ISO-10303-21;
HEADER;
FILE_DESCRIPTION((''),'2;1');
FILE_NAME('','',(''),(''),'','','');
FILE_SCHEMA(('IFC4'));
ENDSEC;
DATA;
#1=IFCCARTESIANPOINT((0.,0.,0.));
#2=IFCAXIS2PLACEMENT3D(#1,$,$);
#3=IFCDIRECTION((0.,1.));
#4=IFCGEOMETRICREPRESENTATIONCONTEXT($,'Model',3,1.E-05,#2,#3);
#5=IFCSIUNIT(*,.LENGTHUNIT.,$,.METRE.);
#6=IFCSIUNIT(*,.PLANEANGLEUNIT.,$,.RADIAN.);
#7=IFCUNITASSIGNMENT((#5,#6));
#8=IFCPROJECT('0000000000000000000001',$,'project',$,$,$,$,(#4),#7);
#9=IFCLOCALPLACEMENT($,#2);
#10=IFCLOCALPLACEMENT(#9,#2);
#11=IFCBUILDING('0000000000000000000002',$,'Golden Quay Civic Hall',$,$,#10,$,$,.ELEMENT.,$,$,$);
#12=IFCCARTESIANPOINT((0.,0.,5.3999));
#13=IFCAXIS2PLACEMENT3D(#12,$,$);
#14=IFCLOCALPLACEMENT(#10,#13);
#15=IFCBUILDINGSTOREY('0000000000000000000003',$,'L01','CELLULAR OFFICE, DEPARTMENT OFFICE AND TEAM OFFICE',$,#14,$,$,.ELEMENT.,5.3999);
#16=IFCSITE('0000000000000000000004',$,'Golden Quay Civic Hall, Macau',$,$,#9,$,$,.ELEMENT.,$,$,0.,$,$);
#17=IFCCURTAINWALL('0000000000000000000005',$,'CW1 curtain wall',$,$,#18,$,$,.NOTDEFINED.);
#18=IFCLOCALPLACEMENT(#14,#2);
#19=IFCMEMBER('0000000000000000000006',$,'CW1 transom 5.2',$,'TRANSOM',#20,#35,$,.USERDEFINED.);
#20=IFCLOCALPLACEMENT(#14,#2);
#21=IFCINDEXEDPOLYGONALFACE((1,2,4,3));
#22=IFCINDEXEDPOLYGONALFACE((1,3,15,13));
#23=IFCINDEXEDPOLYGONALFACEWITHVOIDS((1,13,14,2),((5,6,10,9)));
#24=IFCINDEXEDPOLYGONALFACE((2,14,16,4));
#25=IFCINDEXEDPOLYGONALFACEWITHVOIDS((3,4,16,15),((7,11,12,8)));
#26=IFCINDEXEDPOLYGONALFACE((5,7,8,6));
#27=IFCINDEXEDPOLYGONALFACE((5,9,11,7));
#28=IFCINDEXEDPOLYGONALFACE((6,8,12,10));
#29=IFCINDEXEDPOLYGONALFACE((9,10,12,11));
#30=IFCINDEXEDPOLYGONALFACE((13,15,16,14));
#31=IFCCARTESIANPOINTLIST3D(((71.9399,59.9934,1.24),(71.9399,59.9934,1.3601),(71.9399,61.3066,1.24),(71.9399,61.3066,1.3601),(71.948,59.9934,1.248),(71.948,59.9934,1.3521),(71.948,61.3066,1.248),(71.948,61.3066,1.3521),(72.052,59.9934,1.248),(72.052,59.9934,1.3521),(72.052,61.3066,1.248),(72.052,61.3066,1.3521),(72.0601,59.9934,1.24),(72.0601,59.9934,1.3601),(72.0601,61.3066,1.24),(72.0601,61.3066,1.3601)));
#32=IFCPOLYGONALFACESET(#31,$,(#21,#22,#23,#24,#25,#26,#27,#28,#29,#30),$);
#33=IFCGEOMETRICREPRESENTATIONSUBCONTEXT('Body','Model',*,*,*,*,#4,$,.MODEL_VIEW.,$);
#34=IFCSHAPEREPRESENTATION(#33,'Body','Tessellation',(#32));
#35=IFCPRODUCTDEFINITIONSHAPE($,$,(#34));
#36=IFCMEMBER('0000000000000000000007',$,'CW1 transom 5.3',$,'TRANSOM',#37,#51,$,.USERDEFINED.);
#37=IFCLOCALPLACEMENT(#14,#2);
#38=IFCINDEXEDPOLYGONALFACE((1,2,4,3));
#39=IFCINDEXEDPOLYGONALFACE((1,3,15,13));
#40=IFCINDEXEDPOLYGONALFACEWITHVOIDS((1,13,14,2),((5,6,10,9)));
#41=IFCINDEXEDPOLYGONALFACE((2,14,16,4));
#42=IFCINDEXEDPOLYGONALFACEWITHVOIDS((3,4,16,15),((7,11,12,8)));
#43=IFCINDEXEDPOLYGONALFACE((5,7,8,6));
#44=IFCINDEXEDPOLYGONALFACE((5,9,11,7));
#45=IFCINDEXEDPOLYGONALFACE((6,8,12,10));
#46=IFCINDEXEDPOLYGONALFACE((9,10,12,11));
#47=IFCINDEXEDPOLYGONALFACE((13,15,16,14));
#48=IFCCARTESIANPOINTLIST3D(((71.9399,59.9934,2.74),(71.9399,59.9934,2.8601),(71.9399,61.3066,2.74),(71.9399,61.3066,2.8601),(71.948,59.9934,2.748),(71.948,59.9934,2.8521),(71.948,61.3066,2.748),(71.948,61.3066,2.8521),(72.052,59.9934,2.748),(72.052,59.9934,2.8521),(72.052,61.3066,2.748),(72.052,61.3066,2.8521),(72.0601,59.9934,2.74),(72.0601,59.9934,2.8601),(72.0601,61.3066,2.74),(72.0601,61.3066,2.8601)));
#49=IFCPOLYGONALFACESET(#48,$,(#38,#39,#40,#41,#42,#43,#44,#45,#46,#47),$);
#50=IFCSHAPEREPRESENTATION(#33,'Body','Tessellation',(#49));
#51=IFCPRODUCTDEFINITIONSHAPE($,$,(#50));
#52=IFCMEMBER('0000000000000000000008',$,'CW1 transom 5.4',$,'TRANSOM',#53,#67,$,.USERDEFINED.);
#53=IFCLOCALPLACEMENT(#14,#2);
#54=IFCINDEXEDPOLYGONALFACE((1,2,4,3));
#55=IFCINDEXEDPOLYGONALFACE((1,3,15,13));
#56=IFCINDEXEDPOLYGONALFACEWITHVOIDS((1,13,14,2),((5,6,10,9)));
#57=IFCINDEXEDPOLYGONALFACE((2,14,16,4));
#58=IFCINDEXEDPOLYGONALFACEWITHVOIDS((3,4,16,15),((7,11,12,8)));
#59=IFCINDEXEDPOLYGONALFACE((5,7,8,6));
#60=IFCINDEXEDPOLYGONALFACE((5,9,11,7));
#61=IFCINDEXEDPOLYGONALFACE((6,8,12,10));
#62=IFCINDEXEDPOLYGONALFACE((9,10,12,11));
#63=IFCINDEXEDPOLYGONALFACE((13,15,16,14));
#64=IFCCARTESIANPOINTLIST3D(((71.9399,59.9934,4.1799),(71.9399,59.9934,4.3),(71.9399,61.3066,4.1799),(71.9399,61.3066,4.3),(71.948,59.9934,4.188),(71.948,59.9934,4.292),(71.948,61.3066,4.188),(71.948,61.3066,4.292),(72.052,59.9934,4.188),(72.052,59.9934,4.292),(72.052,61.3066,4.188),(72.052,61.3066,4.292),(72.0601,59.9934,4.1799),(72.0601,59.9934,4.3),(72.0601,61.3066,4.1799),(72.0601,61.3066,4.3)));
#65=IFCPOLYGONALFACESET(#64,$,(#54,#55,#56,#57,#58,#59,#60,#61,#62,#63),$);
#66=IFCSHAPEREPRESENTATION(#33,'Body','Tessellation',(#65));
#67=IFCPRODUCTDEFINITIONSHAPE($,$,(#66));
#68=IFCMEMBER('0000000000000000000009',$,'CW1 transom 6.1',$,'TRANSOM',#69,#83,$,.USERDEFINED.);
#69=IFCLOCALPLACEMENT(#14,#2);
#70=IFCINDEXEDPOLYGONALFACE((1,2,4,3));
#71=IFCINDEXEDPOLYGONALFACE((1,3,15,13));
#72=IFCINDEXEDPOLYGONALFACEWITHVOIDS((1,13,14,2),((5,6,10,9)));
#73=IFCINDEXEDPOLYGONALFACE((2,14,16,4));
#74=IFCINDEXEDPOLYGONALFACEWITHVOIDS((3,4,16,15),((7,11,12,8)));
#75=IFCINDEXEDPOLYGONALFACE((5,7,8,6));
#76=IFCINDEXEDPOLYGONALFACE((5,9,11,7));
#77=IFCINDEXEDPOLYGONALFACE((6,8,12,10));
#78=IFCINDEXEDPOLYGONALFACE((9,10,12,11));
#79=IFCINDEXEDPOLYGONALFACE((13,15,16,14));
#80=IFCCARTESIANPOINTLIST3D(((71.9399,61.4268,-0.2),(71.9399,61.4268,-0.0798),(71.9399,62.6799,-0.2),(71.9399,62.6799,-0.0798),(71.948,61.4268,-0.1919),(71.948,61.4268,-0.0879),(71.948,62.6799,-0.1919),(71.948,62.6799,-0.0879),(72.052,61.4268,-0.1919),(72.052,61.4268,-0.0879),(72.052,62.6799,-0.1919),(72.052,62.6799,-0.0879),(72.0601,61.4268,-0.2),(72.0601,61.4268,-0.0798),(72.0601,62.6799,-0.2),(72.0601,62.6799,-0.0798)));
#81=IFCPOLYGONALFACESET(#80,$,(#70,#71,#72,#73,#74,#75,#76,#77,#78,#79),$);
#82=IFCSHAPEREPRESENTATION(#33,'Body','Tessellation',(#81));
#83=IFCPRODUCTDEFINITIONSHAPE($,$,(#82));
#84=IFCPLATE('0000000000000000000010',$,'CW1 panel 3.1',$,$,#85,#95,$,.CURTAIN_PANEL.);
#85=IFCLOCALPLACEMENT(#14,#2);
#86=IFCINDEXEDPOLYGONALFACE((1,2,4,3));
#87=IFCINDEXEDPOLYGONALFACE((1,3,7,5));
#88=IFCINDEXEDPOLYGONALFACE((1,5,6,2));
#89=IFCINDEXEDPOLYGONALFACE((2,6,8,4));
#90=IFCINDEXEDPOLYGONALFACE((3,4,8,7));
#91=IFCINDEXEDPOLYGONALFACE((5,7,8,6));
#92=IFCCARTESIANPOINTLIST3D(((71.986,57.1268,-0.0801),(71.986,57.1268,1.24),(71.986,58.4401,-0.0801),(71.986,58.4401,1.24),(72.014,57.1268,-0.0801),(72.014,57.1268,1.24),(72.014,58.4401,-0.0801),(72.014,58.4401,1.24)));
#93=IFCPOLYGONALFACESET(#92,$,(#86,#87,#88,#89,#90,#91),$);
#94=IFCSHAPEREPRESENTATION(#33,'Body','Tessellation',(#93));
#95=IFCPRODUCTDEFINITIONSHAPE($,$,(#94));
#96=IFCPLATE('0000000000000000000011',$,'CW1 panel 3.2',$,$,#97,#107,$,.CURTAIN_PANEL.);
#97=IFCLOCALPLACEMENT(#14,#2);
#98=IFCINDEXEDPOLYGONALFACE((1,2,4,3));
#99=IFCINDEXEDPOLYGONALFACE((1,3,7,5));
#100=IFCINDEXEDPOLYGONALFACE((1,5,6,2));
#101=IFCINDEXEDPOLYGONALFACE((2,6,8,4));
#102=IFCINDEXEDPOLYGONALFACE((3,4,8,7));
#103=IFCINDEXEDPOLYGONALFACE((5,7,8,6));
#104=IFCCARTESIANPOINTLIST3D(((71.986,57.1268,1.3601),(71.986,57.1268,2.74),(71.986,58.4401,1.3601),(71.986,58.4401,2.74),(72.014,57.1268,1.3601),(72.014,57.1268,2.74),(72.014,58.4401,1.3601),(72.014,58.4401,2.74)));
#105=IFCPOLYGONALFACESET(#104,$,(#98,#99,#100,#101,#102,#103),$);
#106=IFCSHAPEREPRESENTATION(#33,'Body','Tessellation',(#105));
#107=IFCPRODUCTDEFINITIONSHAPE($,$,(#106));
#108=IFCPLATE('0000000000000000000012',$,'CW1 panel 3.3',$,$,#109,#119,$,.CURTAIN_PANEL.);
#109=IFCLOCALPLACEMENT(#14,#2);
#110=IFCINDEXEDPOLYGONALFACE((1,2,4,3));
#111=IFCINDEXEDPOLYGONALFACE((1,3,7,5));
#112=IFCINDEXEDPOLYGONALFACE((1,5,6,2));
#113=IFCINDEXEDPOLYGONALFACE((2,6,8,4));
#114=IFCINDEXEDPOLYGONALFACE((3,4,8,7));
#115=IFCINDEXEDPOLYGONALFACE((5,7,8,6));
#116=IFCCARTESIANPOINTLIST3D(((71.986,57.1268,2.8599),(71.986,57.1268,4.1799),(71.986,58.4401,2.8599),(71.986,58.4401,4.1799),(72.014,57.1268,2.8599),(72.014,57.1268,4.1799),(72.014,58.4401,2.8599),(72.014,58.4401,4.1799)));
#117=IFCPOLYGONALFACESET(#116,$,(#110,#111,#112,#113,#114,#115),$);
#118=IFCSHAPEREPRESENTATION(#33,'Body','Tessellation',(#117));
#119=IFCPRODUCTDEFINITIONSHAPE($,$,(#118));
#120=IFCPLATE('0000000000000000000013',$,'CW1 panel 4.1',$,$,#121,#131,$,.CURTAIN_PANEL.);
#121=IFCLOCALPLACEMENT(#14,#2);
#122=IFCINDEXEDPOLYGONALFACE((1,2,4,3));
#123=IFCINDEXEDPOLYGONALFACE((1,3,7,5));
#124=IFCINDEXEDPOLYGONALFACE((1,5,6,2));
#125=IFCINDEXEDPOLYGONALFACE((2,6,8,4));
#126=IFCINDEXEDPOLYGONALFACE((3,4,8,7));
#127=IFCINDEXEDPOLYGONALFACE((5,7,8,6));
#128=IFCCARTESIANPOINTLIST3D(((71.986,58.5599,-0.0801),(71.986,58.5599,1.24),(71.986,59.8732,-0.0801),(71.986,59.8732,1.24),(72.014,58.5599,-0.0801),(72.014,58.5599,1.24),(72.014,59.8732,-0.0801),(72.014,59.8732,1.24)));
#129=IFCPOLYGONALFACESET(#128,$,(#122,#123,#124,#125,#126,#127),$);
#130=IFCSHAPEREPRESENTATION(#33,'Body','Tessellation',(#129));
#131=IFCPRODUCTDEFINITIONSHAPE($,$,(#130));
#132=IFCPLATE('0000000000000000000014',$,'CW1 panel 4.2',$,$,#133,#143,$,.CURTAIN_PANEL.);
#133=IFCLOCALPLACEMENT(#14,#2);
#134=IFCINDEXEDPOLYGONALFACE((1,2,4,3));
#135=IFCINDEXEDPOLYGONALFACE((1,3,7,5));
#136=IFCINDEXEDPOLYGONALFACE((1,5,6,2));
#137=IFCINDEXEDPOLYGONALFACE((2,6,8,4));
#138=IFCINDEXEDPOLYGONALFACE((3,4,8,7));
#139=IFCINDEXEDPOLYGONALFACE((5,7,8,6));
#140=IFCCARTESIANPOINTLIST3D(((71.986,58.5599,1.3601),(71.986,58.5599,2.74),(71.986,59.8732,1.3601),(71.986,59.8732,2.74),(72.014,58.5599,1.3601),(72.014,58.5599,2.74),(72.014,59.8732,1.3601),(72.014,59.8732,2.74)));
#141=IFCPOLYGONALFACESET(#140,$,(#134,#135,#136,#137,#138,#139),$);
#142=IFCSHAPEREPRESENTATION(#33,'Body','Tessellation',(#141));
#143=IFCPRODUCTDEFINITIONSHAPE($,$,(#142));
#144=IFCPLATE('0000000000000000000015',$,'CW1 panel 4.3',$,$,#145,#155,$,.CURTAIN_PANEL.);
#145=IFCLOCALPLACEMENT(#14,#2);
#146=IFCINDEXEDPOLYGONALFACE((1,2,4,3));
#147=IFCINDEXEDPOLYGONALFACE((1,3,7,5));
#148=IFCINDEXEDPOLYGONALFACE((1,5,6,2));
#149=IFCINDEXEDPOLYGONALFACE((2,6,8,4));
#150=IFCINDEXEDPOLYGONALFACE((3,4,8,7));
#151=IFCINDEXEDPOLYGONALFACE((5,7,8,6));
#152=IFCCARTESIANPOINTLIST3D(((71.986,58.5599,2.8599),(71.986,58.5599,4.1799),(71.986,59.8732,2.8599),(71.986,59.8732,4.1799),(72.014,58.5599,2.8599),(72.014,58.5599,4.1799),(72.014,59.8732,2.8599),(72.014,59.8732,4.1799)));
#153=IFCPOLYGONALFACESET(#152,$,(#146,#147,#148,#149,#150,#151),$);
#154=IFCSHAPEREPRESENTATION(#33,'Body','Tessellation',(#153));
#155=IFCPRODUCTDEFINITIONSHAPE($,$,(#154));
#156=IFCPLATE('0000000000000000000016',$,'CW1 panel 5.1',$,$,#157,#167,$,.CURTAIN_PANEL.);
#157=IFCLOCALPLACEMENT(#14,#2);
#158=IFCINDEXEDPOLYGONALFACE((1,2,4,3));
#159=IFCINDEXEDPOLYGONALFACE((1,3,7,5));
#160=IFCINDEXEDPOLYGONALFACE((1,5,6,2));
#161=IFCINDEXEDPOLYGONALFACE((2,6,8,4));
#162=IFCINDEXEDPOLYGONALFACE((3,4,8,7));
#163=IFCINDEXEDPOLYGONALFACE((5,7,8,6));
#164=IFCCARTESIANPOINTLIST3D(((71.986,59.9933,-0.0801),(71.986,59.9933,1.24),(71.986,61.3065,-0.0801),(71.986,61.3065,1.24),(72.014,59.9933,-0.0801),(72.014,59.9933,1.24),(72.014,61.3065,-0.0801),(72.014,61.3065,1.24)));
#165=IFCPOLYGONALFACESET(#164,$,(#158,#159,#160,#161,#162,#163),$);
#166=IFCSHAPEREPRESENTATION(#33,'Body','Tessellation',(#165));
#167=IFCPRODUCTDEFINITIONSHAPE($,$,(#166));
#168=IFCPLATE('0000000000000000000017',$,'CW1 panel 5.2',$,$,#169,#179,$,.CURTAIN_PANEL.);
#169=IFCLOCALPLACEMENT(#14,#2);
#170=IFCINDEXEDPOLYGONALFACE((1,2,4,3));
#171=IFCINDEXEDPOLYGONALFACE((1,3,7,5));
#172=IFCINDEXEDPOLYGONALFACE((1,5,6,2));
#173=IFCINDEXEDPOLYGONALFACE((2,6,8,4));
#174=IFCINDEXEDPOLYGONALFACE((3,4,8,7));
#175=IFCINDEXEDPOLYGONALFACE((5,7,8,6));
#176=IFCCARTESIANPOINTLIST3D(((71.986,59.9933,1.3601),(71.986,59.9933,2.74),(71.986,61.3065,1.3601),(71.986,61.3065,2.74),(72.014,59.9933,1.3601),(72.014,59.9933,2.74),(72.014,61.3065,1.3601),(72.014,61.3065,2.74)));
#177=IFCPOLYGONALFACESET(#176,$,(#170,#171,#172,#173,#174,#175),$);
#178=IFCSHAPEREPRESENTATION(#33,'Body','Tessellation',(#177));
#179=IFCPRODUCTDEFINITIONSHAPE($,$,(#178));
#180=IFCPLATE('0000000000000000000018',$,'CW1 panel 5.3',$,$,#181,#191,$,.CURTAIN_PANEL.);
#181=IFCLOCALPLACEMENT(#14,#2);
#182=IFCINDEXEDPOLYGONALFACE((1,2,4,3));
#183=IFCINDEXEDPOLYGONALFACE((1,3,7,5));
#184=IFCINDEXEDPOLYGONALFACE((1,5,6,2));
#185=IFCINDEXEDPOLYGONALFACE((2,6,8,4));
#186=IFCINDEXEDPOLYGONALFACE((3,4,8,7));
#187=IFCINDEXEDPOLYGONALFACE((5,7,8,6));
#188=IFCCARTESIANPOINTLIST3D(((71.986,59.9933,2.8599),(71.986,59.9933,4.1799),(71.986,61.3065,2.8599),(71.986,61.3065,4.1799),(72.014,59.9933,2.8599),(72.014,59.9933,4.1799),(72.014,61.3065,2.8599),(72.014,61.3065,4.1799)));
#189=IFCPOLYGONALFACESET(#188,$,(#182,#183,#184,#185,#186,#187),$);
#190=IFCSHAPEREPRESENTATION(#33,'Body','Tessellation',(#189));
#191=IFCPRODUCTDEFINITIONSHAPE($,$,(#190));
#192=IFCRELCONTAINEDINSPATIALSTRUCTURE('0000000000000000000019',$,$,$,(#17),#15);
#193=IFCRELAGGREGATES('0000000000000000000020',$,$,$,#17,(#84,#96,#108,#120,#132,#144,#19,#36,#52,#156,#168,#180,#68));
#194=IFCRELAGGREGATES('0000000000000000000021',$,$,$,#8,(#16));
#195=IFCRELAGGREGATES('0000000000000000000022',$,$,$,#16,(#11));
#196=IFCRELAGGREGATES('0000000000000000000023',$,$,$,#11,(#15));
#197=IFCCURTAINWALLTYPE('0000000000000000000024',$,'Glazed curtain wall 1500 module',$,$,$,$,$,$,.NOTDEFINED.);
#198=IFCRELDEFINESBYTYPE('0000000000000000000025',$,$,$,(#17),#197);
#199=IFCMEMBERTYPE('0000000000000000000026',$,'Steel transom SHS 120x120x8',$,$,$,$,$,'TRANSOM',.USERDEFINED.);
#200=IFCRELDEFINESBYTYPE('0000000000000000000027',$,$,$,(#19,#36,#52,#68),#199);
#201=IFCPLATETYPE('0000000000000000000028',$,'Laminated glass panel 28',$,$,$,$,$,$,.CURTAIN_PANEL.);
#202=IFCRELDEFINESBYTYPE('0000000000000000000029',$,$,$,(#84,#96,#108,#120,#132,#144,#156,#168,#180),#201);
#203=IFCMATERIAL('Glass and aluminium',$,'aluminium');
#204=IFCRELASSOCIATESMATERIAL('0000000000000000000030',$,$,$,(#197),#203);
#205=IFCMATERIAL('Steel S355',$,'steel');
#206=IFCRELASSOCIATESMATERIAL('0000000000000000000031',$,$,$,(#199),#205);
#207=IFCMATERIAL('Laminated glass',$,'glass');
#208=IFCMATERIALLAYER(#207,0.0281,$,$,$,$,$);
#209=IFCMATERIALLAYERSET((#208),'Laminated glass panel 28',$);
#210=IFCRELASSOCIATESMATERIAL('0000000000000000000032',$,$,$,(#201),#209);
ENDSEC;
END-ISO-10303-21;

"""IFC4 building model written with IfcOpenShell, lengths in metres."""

from ifc_helpers import new_model, si_unit, direction, frame, origin, origin_2d, place, context, subcontext, project, spatial, rectangle, hollow_rectangle, extrude, material, layer, layer_set, material_profile, profile_set, type_object, element, aggregate, save


model = new_model("IFC4")

# Units and contexts
model_context = context("Model", 3, precision=1e-05, world=origin(), true_north=direction((0.0, 1.0)))
body_context = subcontext(model_context, "Body", "Model", "MODEL_VIEW")
ifc_project = project(units=[si_unit("LENGTHUNIT", "METRE"), si_unit("PLANEANGLEUNIT", "RADIAN")], contexts=[model_context])

# Site, building, storey
site_placement = place(None, origin())
site = spatial("IfcSite", under=ifc_project, at=site_placement, Name="Golden Quay Civic Hall, Macau", CompositionType="ELEMENT", RefElevation=0.0)
building_placement = place(site_placement, origin())
building = spatial("IfcBuilding", under=site, at=building_placement, Name="Golden Quay Civic Hall", CompositionType="ELEMENT")
storey_placement = place(building_placement, frame((0.0, 0.0, 5.3999)))
storey = spatial("IfcBuildingStorey", under=building, at=storey_placement, Name="L01", Description="CELLULAR OFFICE, DEPARTMENT OFFICE AND TEAM OFFICE", CompositionType="ELEMENT", Elevation=5.3999)

# Curtain wall, members, plates
ifc_material_1 = material(Name="Glass and aluminium", Category="aluminium")
curtain_wall_type = type_object("IfcCurtainWallType", Name="Glazed curtain wall 1500 module", PredefinedType="NOTDEFINED", material=ifc_material_1)
curtain_wall_placement = place(storey_placement, origin())
curtain_wall = element("IfcCurtainWall", 1, at=curtain_wall_placement, inside=storey, type_object=curtain_wall_type, Name="CW1 curtain wall", PredefinedType="NOTDEFINED")
ifc_material_2 = material(Name="Steel S355", Category="steel")
ifc_material_profile_1 = material_profile(ifc_material_2, hollow_rectangle(XDim=0.1201, YDim=0.1201, WallThickness=0.0081, at=origin_2d()), Name="SHS 120x120x8")
ifc_profile_set_1 = profile_set([ifc_material_profile_1], Name="Steel S355")
member_type_1 = type_object("IfcMemberType", Name="Steel transom SHS 120x120x8", ElementType="TRANSOM", PredefinedType="USERDEFINED", material=ifc_profile_set_1)
member_1_placement = place(storey_placement, frame((72.0, 59.9934, 1.3), z_axis=(0.0, 1.0, 0.0), x_axis=(-1.0, 0.0, 0.0)))
member_1 = element("IfcMember", 2, at=member_1_placement, type_object=member_type_1, Name="CW1 transom 5.2", ObjectType="TRANSOM", PredefinedType="USERDEFINED", context=body_context, shape_type="SweptSolid", body=[
    extrude(hollow_rectangle(XDim=0.1201, YDim=0.1201, WallThickness=0.0081, at=origin_2d()), origin(), (0.0, 0.0, 1.0), 1.3132),
])
member_2_placement = place(storey_placement, frame((72.0, 59.9934, 2.8), z_axis=(0.0, 1.0, 0.0), x_axis=(-1.0, 0.0, 0.0)))
member_2 = element("IfcMember", 3, at=member_2_placement, type_object=member_type_1, Name="CW1 transom 5.3", ObjectType="TRANSOM", PredefinedType="USERDEFINED", context=body_context, shape_type="SweptSolid", body=[
    extrude(hollow_rectangle(XDim=0.1201, YDim=0.1201, WallThickness=0.0081, at=origin_2d()), origin(), (0.0, 0.0, 1.0), 1.3132),
])
member_3_placement = place(storey_placement, frame((72.0, 59.9934, 4.24), z_axis=(0.0, 1.0, 0.0), x_axis=(-1.0, 0.0, 0.0)))
member_3 = element("IfcMember", 4, at=member_3_placement, type_object=member_type_1, Name="CW1 transom 5.4", ObjectType="TRANSOM", PredefinedType="USERDEFINED", context=body_context, shape_type="SweptSolid", body=[
    extrude(hollow_rectangle(XDim=0.1201, YDim=0.1201, WallThickness=0.0081, at=origin_2d()), origin(), (0.0, 0.0, 1.0), 1.3132),
])
member_4_placement = place(storey_placement, frame((72.0, 61.4268, -0.1399), z_axis=(0.0, 1.0, 0.0), x_axis=(-1.0, 0.0, 0.0)))
member_4 = element("IfcMember", 5, at=member_4_placement, type_object=member_type_1, Name="CW1 transom 6.1", ObjectType="TRANSOM", PredefinedType="USERDEFINED", context=body_context, shape_type="SweptSolid", body=[
    extrude(hollow_rectangle(XDim=0.1201, YDim=0.1201, WallThickness=0.0081, at=origin_2d()), origin(), (0.0, 0.0, 1.0), 1.2532),
])
ifc_material_3 = material(Name="Laminated glass", Category="glass")
ifc_layer = layer(ifc_material_3, 0.0281)
ifc_layer_set = layer_set([ifc_layer], Name="Laminated glass panel 28")
plate_type = type_object("IfcPlateType", Name="Laminated glass panel 28", PredefinedType="CURTAIN_PANEL", material=ifc_layer_set)
plate_1_placement = place(storey_placement, frame((72.0, 57.7834, -0.0801), z_axis=(0.0, 0.0, 1.0), x_axis=(0.0, 1.0, 0.0)))
plate_1 = element("IfcPlate", 6, at=plate_1_placement, type_object=plate_type, Name="CW1 panel 3.1", PredefinedType="CURTAIN_PANEL", context=body_context, shape_type="SweptSolid", body=[
    extrude(rectangle(XDim=1.3132, YDim=0.0281, at=origin_2d()), origin(), (0.0, 0.0, 1.0), 1.3201),
])
plate_2_placement = place(storey_placement, frame((72.0, 57.7834, 1.3601), z_axis=(0.0, 0.0, 1.0), x_axis=(0.0, 1.0, 0.0)))
plate_2 = element("IfcPlate", 7, at=plate_2_placement, type_object=plate_type, Name="CW1 panel 3.2", PredefinedType="CURTAIN_PANEL", context=body_context, shape_type="SweptSolid", body=[
    extrude(rectangle(XDim=1.3132, YDim=0.0281, at=origin_2d()), origin(), (0.0, 0.0, 1.0), 1.3799),
])
plate_3_placement = place(storey_placement, frame((72.0, 57.7834, 2.8599), z_axis=(0.0, 0.0, 1.0), x_axis=(0.0, 1.0, 0.0)))
plate_3 = element("IfcPlate", 8, at=plate_3_placement, type_object=plate_type, Name="CW1 panel 3.3", PredefinedType="CURTAIN_PANEL", context=body_context, shape_type="SweptSolid", body=[
    extrude(rectangle(XDim=1.3132, YDim=0.0281, at=origin_2d()), origin(), (0.0, 0.0, 1.0), 1.3201),
])
plate_4_placement = place(storey_placement, frame((72.0, 59.2166, -0.0801), z_axis=(0.0, 0.0, 1.0), x_axis=(0.0, 1.0, 0.0)))
plate_4 = element("IfcPlate", 9, at=plate_4_placement, type_object=plate_type, Name="CW1 panel 4.1", PredefinedType="CURTAIN_PANEL", context=body_context, shape_type="SweptSolid", body=[
    extrude(rectangle(XDim=1.3132, YDim=0.0281, at=origin_2d()), origin(), (0.0, 0.0, 1.0), 1.3201),
])
plate_5_placement = place(storey_placement, frame((72.0, 59.2166, 1.3601), z_axis=(0.0, 0.0, 1.0), x_axis=(0.0, 1.0, 0.0)))
plate_5 = element("IfcPlate", 10, at=plate_5_placement, type_object=plate_type, Name="CW1 panel 4.2", PredefinedType="CURTAIN_PANEL", context=body_context, shape_type="SweptSolid", body=[
    extrude(rectangle(XDim=1.3132, YDim=0.0281, at=origin_2d()), origin(), (0.0, 0.0, 1.0), 1.3799),
])
plate_6_placement = place(storey_placement, frame((72.0, 59.2166, 2.8599), z_axis=(0.0, 0.0, 1.0), x_axis=(0.0, 1.0, 0.0)))
plate_6 = element("IfcPlate", 11, at=plate_6_placement, type_object=plate_type, Name="CW1 panel 4.3", PredefinedType="CURTAIN_PANEL", context=body_context, shape_type="SweptSolid", body=[
    extrude(rectangle(XDim=1.3132, YDim=0.0281, at=origin_2d()), origin(), (0.0, 0.0, 1.0), 1.3201),
])
plate_7_placement = place(storey_placement, frame((72.0, 60.6499, -0.0801), z_axis=(0.0, 0.0, 1.0), x_axis=(0.0, 1.0, 0.0)))
plate_7 = element("IfcPlate", 12, at=plate_7_placement, type_object=plate_type, Name="CW1 panel 5.1", PredefinedType="CURTAIN_PANEL", context=body_context, shape_type="SweptSolid", body=[
    extrude(rectangle(XDim=1.3132, YDim=0.0281, at=origin_2d()), origin(), (0.0, 0.0, 1.0), 1.3201),
])
plate_8_placement = place(storey_placement, frame((72.0, 60.6499, 1.3601), z_axis=(0.0, 0.0, 1.0), x_axis=(0.0, 1.0, 0.0)))
plate_8 = element("IfcPlate", 13, at=plate_8_placement, type_object=plate_type, Name="CW1 panel 5.2", PredefinedType="CURTAIN_PANEL", context=body_context, shape_type="SweptSolid", body=[
    extrude(rectangle(XDim=1.3132, YDim=0.0281, at=origin_2d()), origin(), (0.0, 0.0, 1.0), 1.3799),
])
plate_9_placement = place(storey_placement, frame((72.0, 60.6499, 2.8599), z_axis=(0.0, 0.0, 1.0), x_axis=(0.0, 1.0, 0.0)))
plate_9 = element("IfcPlate", 14, at=plate_9_placement, type_object=plate_type, Name="CW1 panel 5.3", PredefinedType="CURTAIN_PANEL", context=body_context, shape_type="SweptSolid", body=[
    extrude(rectangle(XDim=1.3132, YDim=0.0281, at=origin_2d()), origin(), (0.0, 0.0, 1.0), 1.3201),
])
aggregate(curtain_wall, [plate_1, plate_2, plate_3, plate_4, plate_5, plate_6, member_1, member_2, member_3, plate_7, plate_8, plate_9, member_4])

save(model, "model.ifc")
